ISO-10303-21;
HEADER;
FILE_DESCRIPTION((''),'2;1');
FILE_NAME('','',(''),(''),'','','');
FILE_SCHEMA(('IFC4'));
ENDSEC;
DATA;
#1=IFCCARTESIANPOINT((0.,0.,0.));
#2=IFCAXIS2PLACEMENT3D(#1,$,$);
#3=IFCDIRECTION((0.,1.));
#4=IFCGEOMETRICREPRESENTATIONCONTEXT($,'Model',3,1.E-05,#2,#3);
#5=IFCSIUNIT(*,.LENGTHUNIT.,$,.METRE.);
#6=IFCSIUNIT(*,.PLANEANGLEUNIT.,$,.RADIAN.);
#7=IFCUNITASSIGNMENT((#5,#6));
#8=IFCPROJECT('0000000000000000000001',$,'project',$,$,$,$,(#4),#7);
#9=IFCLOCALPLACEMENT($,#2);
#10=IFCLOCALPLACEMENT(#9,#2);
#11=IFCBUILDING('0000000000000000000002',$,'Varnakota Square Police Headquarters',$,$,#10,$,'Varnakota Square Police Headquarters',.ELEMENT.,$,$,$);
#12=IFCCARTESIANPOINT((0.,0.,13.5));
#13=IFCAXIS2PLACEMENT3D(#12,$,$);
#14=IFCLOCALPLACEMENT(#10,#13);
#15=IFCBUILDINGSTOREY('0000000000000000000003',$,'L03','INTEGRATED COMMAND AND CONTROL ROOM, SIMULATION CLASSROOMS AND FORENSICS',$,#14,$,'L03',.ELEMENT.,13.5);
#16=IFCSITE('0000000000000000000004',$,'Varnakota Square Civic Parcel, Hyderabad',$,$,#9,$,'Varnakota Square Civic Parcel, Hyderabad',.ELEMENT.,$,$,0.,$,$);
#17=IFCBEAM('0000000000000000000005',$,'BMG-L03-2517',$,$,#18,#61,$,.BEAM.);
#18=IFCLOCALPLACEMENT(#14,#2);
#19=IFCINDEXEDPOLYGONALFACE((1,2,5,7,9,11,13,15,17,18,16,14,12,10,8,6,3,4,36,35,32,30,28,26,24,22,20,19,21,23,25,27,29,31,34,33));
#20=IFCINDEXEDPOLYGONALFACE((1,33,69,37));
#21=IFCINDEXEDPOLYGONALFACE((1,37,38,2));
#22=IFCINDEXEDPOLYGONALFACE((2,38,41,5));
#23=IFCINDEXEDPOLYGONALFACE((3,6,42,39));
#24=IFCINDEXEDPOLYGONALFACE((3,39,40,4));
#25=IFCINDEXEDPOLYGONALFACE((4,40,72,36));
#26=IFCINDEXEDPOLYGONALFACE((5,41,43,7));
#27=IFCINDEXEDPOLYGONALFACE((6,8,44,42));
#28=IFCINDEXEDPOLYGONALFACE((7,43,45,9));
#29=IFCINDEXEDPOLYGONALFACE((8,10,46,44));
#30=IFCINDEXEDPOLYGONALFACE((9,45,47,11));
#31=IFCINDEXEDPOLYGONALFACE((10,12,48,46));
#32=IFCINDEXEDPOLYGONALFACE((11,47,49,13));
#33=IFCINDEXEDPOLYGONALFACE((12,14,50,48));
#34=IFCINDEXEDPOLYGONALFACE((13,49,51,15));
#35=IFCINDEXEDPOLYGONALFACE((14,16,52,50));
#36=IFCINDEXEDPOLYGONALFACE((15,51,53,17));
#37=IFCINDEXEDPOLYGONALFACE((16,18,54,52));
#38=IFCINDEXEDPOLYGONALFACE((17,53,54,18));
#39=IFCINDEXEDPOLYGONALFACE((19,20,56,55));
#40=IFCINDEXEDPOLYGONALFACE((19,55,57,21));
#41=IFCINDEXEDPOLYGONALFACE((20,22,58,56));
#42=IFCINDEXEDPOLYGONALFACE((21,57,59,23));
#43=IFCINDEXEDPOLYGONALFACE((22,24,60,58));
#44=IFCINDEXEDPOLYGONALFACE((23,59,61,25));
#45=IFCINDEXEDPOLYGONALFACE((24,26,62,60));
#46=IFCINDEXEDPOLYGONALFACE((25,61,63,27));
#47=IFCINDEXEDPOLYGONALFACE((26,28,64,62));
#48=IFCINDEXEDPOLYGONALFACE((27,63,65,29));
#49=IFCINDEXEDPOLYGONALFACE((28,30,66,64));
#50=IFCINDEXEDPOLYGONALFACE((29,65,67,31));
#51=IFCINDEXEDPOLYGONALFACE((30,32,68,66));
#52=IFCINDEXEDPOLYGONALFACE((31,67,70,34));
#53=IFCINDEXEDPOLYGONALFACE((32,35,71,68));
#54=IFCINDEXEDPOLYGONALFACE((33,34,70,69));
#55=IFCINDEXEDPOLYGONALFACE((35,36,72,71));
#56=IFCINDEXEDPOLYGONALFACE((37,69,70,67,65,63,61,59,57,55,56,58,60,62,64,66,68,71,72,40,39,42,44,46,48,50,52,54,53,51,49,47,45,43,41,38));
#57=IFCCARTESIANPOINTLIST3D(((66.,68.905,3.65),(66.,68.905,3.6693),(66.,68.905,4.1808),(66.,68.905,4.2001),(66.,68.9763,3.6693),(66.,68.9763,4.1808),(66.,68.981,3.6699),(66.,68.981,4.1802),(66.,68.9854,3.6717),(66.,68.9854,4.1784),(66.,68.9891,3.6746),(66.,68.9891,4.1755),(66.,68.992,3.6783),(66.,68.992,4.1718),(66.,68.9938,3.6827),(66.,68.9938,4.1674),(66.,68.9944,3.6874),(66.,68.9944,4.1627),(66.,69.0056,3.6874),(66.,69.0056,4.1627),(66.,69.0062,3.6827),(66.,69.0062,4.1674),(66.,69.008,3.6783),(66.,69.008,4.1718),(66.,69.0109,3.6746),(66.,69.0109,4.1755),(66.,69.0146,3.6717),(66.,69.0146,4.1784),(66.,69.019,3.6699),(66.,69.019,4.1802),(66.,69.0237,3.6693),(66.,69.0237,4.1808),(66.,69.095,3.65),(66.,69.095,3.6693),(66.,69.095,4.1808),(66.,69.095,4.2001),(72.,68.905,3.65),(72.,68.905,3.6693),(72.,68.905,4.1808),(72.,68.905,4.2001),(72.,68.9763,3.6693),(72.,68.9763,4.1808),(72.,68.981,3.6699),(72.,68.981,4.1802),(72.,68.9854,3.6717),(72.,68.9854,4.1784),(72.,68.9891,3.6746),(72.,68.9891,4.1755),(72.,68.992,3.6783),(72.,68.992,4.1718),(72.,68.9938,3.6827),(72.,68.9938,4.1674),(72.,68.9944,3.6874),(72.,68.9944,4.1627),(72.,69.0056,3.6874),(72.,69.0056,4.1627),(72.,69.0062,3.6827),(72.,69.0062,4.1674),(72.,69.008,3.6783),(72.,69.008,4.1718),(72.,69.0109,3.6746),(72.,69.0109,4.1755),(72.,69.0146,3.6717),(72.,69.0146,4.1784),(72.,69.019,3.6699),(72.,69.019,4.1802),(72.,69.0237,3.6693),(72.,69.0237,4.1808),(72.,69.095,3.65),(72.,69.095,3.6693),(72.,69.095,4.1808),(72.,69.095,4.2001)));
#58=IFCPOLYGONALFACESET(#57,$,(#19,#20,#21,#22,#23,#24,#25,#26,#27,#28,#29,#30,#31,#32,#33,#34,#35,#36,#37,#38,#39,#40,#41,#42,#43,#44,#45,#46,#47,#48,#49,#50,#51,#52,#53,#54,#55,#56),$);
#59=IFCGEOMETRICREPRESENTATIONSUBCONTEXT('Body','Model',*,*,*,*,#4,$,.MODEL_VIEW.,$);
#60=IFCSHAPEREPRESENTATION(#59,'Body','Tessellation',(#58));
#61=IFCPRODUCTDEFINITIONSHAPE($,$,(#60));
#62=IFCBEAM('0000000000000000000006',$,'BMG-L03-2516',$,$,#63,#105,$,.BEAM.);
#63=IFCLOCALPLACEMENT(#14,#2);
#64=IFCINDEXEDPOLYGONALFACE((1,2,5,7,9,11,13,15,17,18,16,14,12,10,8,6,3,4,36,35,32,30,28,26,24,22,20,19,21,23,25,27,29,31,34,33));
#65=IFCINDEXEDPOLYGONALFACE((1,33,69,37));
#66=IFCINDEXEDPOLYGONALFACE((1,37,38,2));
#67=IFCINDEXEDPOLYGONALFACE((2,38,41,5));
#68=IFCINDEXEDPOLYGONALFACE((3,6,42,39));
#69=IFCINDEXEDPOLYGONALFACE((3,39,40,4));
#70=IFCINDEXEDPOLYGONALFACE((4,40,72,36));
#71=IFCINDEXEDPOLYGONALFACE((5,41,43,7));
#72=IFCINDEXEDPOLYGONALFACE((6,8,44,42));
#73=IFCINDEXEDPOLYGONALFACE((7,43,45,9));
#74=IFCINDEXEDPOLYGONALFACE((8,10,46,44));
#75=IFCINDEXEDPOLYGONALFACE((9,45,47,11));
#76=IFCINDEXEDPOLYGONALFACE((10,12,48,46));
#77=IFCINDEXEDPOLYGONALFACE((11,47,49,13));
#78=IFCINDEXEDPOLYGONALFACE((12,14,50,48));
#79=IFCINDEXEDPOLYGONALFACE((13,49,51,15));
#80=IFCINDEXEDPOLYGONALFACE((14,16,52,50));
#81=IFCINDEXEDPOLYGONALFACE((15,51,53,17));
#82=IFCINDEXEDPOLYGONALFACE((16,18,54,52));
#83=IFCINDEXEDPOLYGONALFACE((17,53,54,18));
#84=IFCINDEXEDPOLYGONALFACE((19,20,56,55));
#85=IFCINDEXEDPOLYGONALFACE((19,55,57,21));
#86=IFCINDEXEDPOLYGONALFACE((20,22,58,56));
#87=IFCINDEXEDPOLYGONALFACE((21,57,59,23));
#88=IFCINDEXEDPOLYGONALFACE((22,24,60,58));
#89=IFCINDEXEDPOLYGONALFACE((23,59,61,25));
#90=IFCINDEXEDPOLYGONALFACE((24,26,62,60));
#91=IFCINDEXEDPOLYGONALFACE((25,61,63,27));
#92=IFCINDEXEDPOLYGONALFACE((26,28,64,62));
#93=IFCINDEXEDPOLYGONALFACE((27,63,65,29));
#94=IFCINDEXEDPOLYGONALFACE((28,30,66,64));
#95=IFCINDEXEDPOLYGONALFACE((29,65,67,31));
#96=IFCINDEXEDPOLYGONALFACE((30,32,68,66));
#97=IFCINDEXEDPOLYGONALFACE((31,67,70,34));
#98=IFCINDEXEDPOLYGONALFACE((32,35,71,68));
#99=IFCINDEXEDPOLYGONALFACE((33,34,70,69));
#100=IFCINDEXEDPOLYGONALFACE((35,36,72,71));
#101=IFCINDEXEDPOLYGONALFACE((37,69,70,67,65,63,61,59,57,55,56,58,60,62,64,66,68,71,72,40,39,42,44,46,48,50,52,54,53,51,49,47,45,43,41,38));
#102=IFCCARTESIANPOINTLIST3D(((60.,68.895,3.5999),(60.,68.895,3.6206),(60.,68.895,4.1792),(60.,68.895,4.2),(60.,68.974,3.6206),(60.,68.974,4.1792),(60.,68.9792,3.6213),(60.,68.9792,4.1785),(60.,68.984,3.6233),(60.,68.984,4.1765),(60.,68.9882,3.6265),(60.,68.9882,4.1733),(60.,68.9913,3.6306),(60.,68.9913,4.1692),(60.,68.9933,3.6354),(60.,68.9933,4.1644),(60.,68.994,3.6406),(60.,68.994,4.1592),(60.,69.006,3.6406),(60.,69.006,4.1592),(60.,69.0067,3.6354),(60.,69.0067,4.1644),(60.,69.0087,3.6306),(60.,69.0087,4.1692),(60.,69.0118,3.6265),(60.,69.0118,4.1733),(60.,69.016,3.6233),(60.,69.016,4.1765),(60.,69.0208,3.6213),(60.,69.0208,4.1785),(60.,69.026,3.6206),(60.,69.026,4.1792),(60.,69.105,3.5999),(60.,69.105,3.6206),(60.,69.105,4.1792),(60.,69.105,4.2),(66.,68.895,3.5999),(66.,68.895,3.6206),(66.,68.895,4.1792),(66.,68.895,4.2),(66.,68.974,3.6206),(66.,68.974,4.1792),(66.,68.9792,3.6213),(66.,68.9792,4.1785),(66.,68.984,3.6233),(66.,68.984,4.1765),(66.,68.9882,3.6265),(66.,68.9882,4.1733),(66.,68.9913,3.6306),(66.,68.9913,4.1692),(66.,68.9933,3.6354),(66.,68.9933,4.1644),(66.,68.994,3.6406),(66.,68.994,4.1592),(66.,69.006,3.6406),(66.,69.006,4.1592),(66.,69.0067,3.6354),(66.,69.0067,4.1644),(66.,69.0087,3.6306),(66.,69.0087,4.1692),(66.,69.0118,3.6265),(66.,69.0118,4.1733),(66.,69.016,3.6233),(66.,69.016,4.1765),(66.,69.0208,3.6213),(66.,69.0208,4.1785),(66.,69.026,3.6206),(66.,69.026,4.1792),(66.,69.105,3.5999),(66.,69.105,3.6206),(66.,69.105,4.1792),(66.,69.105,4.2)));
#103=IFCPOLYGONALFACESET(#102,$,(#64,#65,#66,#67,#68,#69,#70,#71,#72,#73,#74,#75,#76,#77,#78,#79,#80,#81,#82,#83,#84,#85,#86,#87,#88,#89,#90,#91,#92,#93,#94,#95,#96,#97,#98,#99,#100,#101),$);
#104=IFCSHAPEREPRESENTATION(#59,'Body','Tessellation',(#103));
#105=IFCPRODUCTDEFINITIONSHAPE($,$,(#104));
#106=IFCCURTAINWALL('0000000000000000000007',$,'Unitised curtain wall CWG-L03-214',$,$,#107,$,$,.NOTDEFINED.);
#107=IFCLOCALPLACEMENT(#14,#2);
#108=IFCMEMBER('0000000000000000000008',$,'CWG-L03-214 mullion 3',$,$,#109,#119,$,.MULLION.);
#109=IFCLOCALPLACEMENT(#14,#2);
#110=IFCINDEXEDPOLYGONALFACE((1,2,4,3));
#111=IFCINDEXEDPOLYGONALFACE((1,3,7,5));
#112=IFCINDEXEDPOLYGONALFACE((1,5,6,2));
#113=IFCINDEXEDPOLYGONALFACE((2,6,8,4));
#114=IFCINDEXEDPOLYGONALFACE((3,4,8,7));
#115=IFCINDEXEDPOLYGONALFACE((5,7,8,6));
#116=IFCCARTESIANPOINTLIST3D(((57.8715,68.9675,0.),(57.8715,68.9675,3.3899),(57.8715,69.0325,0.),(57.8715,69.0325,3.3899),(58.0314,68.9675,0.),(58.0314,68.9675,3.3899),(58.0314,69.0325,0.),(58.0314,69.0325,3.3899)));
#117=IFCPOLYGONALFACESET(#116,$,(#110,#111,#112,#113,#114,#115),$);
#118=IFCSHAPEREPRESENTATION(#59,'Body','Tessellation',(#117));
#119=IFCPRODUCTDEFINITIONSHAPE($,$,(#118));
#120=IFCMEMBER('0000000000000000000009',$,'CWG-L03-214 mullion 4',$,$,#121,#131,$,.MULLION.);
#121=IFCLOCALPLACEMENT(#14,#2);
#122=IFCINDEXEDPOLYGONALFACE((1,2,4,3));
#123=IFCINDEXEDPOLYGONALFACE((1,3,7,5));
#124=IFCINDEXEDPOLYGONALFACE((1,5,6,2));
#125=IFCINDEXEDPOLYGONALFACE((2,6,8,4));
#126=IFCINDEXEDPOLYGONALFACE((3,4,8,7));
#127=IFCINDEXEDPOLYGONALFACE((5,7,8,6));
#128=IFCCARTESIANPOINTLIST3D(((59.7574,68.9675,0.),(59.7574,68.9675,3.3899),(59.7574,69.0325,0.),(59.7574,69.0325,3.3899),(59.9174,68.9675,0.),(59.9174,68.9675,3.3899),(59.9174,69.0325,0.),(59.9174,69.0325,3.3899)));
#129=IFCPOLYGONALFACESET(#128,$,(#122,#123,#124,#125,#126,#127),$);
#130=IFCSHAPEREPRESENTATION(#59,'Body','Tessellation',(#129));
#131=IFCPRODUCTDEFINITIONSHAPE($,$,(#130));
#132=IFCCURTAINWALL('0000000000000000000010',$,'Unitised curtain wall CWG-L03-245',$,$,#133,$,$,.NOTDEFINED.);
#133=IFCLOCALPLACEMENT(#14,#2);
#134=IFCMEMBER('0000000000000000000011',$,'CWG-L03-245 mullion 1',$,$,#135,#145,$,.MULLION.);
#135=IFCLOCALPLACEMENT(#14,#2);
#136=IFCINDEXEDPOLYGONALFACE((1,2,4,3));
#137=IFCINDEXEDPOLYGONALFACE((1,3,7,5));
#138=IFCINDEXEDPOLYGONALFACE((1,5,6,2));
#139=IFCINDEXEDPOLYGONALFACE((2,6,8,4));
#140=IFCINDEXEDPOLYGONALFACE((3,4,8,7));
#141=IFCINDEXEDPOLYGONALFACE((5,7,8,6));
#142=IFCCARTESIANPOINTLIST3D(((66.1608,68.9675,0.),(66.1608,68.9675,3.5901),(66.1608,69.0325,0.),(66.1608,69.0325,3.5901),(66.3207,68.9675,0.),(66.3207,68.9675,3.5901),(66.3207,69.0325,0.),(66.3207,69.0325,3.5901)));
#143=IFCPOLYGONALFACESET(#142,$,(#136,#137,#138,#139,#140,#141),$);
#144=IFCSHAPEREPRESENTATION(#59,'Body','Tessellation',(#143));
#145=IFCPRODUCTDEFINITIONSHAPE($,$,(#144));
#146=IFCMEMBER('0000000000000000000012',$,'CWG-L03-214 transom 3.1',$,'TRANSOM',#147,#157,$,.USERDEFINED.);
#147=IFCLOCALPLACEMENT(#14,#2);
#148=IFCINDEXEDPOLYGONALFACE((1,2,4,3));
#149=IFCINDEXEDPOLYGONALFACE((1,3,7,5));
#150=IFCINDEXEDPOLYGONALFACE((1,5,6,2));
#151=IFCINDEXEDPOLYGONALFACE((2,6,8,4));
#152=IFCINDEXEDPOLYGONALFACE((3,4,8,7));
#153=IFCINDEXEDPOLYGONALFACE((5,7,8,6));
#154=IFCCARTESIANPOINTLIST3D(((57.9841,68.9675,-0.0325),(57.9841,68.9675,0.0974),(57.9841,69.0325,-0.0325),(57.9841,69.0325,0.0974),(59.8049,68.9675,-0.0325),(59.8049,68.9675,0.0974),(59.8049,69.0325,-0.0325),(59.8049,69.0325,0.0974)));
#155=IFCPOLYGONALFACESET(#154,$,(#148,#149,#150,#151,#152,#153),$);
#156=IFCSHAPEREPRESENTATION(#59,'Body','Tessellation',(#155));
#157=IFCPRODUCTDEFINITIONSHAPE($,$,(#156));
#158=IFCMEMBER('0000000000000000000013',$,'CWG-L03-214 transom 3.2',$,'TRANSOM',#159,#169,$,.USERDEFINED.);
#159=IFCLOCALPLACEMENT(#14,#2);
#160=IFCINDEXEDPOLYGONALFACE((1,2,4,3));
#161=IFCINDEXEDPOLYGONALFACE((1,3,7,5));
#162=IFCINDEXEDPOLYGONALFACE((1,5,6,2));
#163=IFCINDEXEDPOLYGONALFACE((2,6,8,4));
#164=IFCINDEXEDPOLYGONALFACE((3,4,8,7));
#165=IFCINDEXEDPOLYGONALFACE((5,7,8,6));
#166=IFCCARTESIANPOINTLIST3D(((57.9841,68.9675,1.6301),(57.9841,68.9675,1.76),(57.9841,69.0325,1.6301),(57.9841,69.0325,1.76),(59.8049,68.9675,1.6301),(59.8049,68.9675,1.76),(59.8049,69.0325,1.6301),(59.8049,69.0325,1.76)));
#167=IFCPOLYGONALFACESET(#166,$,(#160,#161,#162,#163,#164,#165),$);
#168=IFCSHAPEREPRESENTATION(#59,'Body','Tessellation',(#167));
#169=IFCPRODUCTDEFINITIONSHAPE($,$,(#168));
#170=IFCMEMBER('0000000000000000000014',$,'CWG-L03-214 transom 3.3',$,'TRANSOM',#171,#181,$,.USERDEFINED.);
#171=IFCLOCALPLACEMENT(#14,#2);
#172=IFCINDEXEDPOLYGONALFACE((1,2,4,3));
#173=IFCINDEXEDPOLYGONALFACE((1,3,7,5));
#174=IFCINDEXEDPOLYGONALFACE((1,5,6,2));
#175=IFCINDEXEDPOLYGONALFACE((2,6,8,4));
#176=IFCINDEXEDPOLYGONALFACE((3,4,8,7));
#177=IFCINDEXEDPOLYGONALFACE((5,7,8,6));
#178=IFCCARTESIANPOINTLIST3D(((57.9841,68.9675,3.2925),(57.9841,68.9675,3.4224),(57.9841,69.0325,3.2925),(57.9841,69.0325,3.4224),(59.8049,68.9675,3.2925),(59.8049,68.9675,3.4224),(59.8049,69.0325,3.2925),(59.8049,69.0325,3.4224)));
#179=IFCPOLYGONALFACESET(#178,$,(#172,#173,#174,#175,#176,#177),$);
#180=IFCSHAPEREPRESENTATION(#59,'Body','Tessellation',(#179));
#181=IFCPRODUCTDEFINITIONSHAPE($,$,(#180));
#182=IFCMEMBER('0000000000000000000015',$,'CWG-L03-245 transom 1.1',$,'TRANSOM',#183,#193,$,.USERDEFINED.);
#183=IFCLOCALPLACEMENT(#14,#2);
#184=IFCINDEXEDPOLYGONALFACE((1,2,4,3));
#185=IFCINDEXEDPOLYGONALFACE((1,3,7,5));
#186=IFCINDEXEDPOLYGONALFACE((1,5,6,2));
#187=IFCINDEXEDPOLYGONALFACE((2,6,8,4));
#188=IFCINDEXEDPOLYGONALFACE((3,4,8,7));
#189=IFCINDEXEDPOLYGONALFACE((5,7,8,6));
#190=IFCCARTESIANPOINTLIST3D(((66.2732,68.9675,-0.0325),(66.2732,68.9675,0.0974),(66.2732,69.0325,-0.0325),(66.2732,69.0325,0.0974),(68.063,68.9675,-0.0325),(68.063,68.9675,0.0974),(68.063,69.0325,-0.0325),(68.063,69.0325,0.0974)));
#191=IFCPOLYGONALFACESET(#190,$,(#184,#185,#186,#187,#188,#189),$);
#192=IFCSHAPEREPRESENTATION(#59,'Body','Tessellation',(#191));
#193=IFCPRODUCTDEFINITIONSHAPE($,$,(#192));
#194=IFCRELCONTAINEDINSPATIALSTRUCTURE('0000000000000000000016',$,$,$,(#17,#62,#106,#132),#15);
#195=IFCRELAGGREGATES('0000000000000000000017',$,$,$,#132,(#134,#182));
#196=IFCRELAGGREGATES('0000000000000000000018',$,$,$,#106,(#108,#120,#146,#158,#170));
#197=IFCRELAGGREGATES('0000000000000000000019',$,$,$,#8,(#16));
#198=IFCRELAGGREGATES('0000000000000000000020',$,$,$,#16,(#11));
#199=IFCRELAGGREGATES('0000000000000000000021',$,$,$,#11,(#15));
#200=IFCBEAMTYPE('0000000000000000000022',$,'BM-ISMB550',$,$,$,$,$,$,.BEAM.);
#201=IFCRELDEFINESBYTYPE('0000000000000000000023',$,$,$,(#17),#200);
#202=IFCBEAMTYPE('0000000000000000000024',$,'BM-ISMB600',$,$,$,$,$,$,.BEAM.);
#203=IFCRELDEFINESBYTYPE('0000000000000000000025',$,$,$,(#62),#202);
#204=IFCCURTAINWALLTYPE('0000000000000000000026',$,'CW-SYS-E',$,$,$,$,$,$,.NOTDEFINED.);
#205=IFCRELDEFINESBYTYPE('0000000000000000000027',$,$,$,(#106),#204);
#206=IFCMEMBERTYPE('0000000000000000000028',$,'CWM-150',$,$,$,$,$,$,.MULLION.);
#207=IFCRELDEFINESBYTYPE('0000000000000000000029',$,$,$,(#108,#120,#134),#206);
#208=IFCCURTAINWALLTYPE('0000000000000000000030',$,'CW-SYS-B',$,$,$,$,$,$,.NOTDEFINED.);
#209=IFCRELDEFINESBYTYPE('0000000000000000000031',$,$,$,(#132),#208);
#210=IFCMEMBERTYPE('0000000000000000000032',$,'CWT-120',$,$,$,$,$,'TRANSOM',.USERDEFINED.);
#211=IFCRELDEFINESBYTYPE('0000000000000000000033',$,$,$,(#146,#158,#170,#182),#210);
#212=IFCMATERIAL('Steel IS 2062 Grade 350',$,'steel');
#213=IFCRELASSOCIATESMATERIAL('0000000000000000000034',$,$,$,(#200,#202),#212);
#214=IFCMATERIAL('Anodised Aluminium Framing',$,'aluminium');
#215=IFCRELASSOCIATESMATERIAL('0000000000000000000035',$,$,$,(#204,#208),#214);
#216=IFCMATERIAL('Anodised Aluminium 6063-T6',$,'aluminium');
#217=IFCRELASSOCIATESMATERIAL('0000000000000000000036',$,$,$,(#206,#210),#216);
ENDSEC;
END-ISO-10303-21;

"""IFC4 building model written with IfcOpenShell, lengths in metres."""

from ifc_helpers import new_model, si_unit, direction, frame, origin, origin_2d, place, context, subcontext, project, spatial, rectangle, i_section, extrude, material, material_profile, profile_set, type_object, element, aggregate, save


model = new_model("IFC4")

# Units and contexts
model_context = context("Model", 3, precision=1e-05, world=origin(), true_north=direction((0.0, 1.0)))
body_context = subcontext(model_context, "Body", "Model", "MODEL_VIEW")
ifc_project = project(units=[si_unit("LENGTHUNIT", "METRE"), si_unit("PLANEANGLEUNIT", "RADIAN")], contexts=[model_context])

# Site, building, storey
site_placement = place(None, origin())
site = spatial("IfcSite", under=ifc_project, at=site_placement, Name="Varnakota Square Civic Parcel, Hyderabad", LongName="Varnakota Square Civic Parcel, Hyderabad", CompositionType="ELEMENT", RefElevation=0.0)
building_placement = place(site_placement, origin())
building = spatial("IfcBuilding", under=site, at=building_placement, Name="Varnakota Square Police Headquarters", LongName="Varnakota Square Police Headquarters", CompositionType="ELEMENT")
storey_placement = place(building_placement, frame((0.0, 0.0, 13.5)))
storey = spatial("IfcBuildingStorey", under=building, at=storey_placement, Name="L03", Description="INTEGRATED COMMAND AND CONTROL ROOM, SIMULATION CLASSROOMS AND FORENSICS", LongName="L03", CompositionType="ELEMENT", Elevation=13.5)

# Shared definitions
ifc_material_1 = material(Name="Steel IS 2062 Grade 350", Category="steel")

# Beams
ifc_material_profile_1 = material_profile(ifc_material_1, i_section(OverallWidth=0.1899, OverallDepth=0.55, WebThickness=0.0112, FlangeThickness=0.0193, FilletRadius=0.0181, at=origin_2d()), Name="ISMB 550")
ifc_profile_set_1 = profile_set([ifc_material_profile_1], Name="Steel IS 2062 Grade 350")
beam_type_1 = type_object("IfcBeamType", Name="BM-ISMB550", PredefinedType="BEAM", material=ifc_profile_set_1)
beam_1_placement = place(storey_placement, frame((66.0, 69.0, 3.925), z_axis=(1.0, 0.0, 0.0), x_axis=(0.0, 1.0, 0.0)))
element("IfcBeam", 1, at=beam_1_placement, inside=storey, type_object=beam_type_1, Name="BMG-L03-2517", PredefinedType="BEAM", context=body_context, shape_type="SweptSolid", body=[
    extrude(i_section(OverallWidth=0.1899, OverallDepth=0.55, WebThickness=0.0112, FlangeThickness=0.0193, FilletRadius=0.0181, at=origin_2d()), origin(), (0.0, 0.0, 1.0), 6.0),
])
ifc_material_profile_2 = material_profile(ifc_material_1, i_section(OverallWidth=0.21, OverallDepth=0.6001, WebThickness=0.012, FlangeThickness=0.0208, FilletRadius=0.02, at=origin_2d()), Name="ISMB 600")
ifc_profile_set_2 = profile_set([ifc_material_profile_2], Name="Steel IS 2062 Grade 350")
beam_type_2 = type_object("IfcBeamType", Name="BM-ISMB600", PredefinedType="BEAM", material=ifc_profile_set_2)
beam_2_placement = place(storey_placement, frame((60.0, 69.0, 3.8999), z_axis=(1.0, 0.0, 0.0), x_axis=(0.0, 1.0, 0.0)))
element("IfcBeam", 2, at=beam_2_placement, inside=storey, type_object=beam_type_2, Name="BMG-L03-2516", PredefinedType="BEAM", context=body_context, shape_type="SweptSolid", body=[
    extrude(i_section(OverallWidth=0.21, OverallDepth=0.6001, WebThickness=0.012, FlangeThickness=0.0208, FilletRadius=0.02, at=origin_2d()), origin(), (0.0, 0.0, 1.0), 6.0),
])

# Curtain wall, members
ifc_material_2 = material(Name="Anodised Aluminium Framing", Category="aluminium")
curtain_wall_type_1 = type_object("IfcCurtainWallType", Name="CW-SYS-E", PredefinedType="NOTDEFINED", material=ifc_material_2)
curtain_wall_1_placement = place(storey_placement, origin())
curtain_wall_1 = element("IfcCurtainWall", 3, at=curtain_wall_1_placement, inside=storey, type_object=curtain_wall_type_1, Name="Unitised curtain wall CWG-L03-214", PredefinedType="NOTDEFINED")
ifc_material_3 = material(Name="Anodised Aluminium 6063-T6", Category="aluminium")
ifc_material_profile_3 = material_profile(ifc_material_3, rectangle(XDim=0.0649, YDim=0.1599, at=origin_2d()), Name="ALU MULLION 65x160")
ifc_profile_set_3 = profile_set([ifc_material_profile_3], Name="Anodised Aluminium 6063-T6")
member_type_1 = type_object("IfcMemberType", Name="CWM-150", PredefinedType="MULLION", material=ifc_profile_set_3)
member_1_placement = place(storey_placement, frame((57.9514, 69.0, 0.0), z_axis=(0.0, 0.0, 1.0), x_axis=(0.0, 1.0, 0.0)))
member_1 = element("IfcMember", 4, at=member_1_placement, type_object=member_type_1, Name="CWG-L03-214 mullion 3", PredefinedType="MULLION", context=body_context, shape_type="SweptSolid", body=[
    extrude(rectangle(XDim=0.0649, YDim=0.1599, at=origin_2d()), origin(), (0.0, 0.0, 1.0), 3.3899),
])
member_2_placement = place(storey_placement, frame((59.8374, 69.0, 0.0), z_axis=(0.0, 0.0, 1.0), x_axis=(0.0, 1.0, 0.0)))
member_2 = element("IfcMember", 5, at=member_2_placement, type_object=member_type_1, Name="CWG-L03-214 mullion 4", PredefinedType="MULLION", context=body_context, shape_type="SweptSolid", body=[
    extrude(rectangle(XDim=0.0649, YDim=0.1599, at=origin_2d()), origin(), (0.0, 0.0, 1.0), 3.3899),
])

# Curtain wall, member
curtain_wall_type_2 = type_object("IfcCurtainWallType", Name="CW-SYS-B", PredefinedType="NOTDEFINED", material=ifc_material_2)
curtain_wall_2_placement = place(storey_placement, origin())
curtain_wall_2 = element("IfcCurtainWall", 6, at=curtain_wall_2_placement, inside=storey, type_object=curtain_wall_type_2, Name="Unitised curtain wall CWG-L03-245", PredefinedType="NOTDEFINED")
member_3_placement = place(storey_placement, frame((66.2407, 69.0, 0.0), z_axis=(0.0, 0.0, 1.0), x_axis=(0.0, 1.0, 0.0)))
member_3 = element("IfcMember", 7, at=member_3_placement, type_object=member_type_1, Name="CWG-L03-245 mullion 1", PredefinedType="MULLION", context=body_context, shape_type="SweptSolid", body=[
    extrude(rectangle(XDim=0.0649, YDim=0.1599, at=origin_2d()), origin(), (0.0, 0.0, 1.0), 3.5901),
])

# Members
ifc_material_profile_4 = material_profile(ifc_material_3, rectangle(XDim=0.0649, YDim=0.1299, at=origin_2d()), Name="ALU TRANSOM 65x130")
ifc_profile_set_4 = profile_set([ifc_material_profile_4], Name="Anodised Aluminium 6063-T6")
member_type_2 = type_object("IfcMemberType", Name="CWT-120", ElementType="TRANSOM", PredefinedType="USERDEFINED", material=ifc_profile_set_4)
member_4_placement = place(storey_placement, frame((57.9841, 69.0, 0.0325), z_axis=(1.0, 0.0, 0.0), x_axis=(0.0, 1.0, 0.0)))
member_4 = element("IfcMember", 8, at=member_4_placement, type_object=member_type_2, Name="CWG-L03-214 transom 3.1", ObjectType="TRANSOM", PredefinedType="USERDEFINED", context=body_context, shape_type="SweptSolid", body=[
    extrude(rectangle(XDim=0.0649, YDim=0.1299, at=origin_2d()), origin(), (0.0, 0.0, 1.0), 1.8208),
])
member_5_placement = place(storey_placement, frame((57.9841, 69.0, 1.6951), z_axis=(1.0, 0.0, 0.0), x_axis=(0.0, 1.0, 0.0)))
member_5 = element("IfcMember", 9, at=member_5_placement, type_object=member_type_2, Name="CWG-L03-214 transom 3.2", ObjectType="TRANSOM", PredefinedType="USERDEFINED", context=body_context, shape_type="SweptSolid", body=[
    extrude(rectangle(XDim=0.0649, YDim=0.1299, at=origin_2d()), origin(), (0.0, 0.0, 1.0), 1.8208),
])
member_6_placement = place(storey_placement, frame((57.9841, 69.0, 3.3574), z_axis=(1.0, 0.0, 0.0), x_axis=(0.0, 1.0, 0.0)))
member_6 = element("IfcMember", 10, at=member_6_placement, type_object=member_type_2, Name="CWG-L03-214 transom 3.3", ObjectType="TRANSOM", PredefinedType="USERDEFINED", context=body_context, shape_type="SweptSolid", body=[
    extrude(rectangle(XDim=0.0649, YDim=0.1299, at=origin_2d()), origin(), (0.0, 0.0, 1.0), 1.8208),
])
member_7_placement = place(storey_placement, frame((66.2732, 69.0, 0.0325), z_axis=(1.0, 0.0, 0.0), x_axis=(0.0, 1.0, 0.0)))
member_7 = element("IfcMember", 11, at=member_7_placement, type_object=member_type_2, Name="CWG-L03-245 transom 1.1", ObjectType="TRANSOM", PredefinedType="USERDEFINED", context=body_context, shape_type="SweptSolid", body=[
    extrude(rectangle(XDim=0.0649, YDim=0.1299, at=origin_2d()), origin(), (0.0, 0.0, 1.0), 1.7898),
])

aggregate(curtain_wall_2, [member_3, member_7])
aggregate(curtain_wall_1, [member_1, member_2, member_4, member_5, member_6])

save(model, "model.ifc")
